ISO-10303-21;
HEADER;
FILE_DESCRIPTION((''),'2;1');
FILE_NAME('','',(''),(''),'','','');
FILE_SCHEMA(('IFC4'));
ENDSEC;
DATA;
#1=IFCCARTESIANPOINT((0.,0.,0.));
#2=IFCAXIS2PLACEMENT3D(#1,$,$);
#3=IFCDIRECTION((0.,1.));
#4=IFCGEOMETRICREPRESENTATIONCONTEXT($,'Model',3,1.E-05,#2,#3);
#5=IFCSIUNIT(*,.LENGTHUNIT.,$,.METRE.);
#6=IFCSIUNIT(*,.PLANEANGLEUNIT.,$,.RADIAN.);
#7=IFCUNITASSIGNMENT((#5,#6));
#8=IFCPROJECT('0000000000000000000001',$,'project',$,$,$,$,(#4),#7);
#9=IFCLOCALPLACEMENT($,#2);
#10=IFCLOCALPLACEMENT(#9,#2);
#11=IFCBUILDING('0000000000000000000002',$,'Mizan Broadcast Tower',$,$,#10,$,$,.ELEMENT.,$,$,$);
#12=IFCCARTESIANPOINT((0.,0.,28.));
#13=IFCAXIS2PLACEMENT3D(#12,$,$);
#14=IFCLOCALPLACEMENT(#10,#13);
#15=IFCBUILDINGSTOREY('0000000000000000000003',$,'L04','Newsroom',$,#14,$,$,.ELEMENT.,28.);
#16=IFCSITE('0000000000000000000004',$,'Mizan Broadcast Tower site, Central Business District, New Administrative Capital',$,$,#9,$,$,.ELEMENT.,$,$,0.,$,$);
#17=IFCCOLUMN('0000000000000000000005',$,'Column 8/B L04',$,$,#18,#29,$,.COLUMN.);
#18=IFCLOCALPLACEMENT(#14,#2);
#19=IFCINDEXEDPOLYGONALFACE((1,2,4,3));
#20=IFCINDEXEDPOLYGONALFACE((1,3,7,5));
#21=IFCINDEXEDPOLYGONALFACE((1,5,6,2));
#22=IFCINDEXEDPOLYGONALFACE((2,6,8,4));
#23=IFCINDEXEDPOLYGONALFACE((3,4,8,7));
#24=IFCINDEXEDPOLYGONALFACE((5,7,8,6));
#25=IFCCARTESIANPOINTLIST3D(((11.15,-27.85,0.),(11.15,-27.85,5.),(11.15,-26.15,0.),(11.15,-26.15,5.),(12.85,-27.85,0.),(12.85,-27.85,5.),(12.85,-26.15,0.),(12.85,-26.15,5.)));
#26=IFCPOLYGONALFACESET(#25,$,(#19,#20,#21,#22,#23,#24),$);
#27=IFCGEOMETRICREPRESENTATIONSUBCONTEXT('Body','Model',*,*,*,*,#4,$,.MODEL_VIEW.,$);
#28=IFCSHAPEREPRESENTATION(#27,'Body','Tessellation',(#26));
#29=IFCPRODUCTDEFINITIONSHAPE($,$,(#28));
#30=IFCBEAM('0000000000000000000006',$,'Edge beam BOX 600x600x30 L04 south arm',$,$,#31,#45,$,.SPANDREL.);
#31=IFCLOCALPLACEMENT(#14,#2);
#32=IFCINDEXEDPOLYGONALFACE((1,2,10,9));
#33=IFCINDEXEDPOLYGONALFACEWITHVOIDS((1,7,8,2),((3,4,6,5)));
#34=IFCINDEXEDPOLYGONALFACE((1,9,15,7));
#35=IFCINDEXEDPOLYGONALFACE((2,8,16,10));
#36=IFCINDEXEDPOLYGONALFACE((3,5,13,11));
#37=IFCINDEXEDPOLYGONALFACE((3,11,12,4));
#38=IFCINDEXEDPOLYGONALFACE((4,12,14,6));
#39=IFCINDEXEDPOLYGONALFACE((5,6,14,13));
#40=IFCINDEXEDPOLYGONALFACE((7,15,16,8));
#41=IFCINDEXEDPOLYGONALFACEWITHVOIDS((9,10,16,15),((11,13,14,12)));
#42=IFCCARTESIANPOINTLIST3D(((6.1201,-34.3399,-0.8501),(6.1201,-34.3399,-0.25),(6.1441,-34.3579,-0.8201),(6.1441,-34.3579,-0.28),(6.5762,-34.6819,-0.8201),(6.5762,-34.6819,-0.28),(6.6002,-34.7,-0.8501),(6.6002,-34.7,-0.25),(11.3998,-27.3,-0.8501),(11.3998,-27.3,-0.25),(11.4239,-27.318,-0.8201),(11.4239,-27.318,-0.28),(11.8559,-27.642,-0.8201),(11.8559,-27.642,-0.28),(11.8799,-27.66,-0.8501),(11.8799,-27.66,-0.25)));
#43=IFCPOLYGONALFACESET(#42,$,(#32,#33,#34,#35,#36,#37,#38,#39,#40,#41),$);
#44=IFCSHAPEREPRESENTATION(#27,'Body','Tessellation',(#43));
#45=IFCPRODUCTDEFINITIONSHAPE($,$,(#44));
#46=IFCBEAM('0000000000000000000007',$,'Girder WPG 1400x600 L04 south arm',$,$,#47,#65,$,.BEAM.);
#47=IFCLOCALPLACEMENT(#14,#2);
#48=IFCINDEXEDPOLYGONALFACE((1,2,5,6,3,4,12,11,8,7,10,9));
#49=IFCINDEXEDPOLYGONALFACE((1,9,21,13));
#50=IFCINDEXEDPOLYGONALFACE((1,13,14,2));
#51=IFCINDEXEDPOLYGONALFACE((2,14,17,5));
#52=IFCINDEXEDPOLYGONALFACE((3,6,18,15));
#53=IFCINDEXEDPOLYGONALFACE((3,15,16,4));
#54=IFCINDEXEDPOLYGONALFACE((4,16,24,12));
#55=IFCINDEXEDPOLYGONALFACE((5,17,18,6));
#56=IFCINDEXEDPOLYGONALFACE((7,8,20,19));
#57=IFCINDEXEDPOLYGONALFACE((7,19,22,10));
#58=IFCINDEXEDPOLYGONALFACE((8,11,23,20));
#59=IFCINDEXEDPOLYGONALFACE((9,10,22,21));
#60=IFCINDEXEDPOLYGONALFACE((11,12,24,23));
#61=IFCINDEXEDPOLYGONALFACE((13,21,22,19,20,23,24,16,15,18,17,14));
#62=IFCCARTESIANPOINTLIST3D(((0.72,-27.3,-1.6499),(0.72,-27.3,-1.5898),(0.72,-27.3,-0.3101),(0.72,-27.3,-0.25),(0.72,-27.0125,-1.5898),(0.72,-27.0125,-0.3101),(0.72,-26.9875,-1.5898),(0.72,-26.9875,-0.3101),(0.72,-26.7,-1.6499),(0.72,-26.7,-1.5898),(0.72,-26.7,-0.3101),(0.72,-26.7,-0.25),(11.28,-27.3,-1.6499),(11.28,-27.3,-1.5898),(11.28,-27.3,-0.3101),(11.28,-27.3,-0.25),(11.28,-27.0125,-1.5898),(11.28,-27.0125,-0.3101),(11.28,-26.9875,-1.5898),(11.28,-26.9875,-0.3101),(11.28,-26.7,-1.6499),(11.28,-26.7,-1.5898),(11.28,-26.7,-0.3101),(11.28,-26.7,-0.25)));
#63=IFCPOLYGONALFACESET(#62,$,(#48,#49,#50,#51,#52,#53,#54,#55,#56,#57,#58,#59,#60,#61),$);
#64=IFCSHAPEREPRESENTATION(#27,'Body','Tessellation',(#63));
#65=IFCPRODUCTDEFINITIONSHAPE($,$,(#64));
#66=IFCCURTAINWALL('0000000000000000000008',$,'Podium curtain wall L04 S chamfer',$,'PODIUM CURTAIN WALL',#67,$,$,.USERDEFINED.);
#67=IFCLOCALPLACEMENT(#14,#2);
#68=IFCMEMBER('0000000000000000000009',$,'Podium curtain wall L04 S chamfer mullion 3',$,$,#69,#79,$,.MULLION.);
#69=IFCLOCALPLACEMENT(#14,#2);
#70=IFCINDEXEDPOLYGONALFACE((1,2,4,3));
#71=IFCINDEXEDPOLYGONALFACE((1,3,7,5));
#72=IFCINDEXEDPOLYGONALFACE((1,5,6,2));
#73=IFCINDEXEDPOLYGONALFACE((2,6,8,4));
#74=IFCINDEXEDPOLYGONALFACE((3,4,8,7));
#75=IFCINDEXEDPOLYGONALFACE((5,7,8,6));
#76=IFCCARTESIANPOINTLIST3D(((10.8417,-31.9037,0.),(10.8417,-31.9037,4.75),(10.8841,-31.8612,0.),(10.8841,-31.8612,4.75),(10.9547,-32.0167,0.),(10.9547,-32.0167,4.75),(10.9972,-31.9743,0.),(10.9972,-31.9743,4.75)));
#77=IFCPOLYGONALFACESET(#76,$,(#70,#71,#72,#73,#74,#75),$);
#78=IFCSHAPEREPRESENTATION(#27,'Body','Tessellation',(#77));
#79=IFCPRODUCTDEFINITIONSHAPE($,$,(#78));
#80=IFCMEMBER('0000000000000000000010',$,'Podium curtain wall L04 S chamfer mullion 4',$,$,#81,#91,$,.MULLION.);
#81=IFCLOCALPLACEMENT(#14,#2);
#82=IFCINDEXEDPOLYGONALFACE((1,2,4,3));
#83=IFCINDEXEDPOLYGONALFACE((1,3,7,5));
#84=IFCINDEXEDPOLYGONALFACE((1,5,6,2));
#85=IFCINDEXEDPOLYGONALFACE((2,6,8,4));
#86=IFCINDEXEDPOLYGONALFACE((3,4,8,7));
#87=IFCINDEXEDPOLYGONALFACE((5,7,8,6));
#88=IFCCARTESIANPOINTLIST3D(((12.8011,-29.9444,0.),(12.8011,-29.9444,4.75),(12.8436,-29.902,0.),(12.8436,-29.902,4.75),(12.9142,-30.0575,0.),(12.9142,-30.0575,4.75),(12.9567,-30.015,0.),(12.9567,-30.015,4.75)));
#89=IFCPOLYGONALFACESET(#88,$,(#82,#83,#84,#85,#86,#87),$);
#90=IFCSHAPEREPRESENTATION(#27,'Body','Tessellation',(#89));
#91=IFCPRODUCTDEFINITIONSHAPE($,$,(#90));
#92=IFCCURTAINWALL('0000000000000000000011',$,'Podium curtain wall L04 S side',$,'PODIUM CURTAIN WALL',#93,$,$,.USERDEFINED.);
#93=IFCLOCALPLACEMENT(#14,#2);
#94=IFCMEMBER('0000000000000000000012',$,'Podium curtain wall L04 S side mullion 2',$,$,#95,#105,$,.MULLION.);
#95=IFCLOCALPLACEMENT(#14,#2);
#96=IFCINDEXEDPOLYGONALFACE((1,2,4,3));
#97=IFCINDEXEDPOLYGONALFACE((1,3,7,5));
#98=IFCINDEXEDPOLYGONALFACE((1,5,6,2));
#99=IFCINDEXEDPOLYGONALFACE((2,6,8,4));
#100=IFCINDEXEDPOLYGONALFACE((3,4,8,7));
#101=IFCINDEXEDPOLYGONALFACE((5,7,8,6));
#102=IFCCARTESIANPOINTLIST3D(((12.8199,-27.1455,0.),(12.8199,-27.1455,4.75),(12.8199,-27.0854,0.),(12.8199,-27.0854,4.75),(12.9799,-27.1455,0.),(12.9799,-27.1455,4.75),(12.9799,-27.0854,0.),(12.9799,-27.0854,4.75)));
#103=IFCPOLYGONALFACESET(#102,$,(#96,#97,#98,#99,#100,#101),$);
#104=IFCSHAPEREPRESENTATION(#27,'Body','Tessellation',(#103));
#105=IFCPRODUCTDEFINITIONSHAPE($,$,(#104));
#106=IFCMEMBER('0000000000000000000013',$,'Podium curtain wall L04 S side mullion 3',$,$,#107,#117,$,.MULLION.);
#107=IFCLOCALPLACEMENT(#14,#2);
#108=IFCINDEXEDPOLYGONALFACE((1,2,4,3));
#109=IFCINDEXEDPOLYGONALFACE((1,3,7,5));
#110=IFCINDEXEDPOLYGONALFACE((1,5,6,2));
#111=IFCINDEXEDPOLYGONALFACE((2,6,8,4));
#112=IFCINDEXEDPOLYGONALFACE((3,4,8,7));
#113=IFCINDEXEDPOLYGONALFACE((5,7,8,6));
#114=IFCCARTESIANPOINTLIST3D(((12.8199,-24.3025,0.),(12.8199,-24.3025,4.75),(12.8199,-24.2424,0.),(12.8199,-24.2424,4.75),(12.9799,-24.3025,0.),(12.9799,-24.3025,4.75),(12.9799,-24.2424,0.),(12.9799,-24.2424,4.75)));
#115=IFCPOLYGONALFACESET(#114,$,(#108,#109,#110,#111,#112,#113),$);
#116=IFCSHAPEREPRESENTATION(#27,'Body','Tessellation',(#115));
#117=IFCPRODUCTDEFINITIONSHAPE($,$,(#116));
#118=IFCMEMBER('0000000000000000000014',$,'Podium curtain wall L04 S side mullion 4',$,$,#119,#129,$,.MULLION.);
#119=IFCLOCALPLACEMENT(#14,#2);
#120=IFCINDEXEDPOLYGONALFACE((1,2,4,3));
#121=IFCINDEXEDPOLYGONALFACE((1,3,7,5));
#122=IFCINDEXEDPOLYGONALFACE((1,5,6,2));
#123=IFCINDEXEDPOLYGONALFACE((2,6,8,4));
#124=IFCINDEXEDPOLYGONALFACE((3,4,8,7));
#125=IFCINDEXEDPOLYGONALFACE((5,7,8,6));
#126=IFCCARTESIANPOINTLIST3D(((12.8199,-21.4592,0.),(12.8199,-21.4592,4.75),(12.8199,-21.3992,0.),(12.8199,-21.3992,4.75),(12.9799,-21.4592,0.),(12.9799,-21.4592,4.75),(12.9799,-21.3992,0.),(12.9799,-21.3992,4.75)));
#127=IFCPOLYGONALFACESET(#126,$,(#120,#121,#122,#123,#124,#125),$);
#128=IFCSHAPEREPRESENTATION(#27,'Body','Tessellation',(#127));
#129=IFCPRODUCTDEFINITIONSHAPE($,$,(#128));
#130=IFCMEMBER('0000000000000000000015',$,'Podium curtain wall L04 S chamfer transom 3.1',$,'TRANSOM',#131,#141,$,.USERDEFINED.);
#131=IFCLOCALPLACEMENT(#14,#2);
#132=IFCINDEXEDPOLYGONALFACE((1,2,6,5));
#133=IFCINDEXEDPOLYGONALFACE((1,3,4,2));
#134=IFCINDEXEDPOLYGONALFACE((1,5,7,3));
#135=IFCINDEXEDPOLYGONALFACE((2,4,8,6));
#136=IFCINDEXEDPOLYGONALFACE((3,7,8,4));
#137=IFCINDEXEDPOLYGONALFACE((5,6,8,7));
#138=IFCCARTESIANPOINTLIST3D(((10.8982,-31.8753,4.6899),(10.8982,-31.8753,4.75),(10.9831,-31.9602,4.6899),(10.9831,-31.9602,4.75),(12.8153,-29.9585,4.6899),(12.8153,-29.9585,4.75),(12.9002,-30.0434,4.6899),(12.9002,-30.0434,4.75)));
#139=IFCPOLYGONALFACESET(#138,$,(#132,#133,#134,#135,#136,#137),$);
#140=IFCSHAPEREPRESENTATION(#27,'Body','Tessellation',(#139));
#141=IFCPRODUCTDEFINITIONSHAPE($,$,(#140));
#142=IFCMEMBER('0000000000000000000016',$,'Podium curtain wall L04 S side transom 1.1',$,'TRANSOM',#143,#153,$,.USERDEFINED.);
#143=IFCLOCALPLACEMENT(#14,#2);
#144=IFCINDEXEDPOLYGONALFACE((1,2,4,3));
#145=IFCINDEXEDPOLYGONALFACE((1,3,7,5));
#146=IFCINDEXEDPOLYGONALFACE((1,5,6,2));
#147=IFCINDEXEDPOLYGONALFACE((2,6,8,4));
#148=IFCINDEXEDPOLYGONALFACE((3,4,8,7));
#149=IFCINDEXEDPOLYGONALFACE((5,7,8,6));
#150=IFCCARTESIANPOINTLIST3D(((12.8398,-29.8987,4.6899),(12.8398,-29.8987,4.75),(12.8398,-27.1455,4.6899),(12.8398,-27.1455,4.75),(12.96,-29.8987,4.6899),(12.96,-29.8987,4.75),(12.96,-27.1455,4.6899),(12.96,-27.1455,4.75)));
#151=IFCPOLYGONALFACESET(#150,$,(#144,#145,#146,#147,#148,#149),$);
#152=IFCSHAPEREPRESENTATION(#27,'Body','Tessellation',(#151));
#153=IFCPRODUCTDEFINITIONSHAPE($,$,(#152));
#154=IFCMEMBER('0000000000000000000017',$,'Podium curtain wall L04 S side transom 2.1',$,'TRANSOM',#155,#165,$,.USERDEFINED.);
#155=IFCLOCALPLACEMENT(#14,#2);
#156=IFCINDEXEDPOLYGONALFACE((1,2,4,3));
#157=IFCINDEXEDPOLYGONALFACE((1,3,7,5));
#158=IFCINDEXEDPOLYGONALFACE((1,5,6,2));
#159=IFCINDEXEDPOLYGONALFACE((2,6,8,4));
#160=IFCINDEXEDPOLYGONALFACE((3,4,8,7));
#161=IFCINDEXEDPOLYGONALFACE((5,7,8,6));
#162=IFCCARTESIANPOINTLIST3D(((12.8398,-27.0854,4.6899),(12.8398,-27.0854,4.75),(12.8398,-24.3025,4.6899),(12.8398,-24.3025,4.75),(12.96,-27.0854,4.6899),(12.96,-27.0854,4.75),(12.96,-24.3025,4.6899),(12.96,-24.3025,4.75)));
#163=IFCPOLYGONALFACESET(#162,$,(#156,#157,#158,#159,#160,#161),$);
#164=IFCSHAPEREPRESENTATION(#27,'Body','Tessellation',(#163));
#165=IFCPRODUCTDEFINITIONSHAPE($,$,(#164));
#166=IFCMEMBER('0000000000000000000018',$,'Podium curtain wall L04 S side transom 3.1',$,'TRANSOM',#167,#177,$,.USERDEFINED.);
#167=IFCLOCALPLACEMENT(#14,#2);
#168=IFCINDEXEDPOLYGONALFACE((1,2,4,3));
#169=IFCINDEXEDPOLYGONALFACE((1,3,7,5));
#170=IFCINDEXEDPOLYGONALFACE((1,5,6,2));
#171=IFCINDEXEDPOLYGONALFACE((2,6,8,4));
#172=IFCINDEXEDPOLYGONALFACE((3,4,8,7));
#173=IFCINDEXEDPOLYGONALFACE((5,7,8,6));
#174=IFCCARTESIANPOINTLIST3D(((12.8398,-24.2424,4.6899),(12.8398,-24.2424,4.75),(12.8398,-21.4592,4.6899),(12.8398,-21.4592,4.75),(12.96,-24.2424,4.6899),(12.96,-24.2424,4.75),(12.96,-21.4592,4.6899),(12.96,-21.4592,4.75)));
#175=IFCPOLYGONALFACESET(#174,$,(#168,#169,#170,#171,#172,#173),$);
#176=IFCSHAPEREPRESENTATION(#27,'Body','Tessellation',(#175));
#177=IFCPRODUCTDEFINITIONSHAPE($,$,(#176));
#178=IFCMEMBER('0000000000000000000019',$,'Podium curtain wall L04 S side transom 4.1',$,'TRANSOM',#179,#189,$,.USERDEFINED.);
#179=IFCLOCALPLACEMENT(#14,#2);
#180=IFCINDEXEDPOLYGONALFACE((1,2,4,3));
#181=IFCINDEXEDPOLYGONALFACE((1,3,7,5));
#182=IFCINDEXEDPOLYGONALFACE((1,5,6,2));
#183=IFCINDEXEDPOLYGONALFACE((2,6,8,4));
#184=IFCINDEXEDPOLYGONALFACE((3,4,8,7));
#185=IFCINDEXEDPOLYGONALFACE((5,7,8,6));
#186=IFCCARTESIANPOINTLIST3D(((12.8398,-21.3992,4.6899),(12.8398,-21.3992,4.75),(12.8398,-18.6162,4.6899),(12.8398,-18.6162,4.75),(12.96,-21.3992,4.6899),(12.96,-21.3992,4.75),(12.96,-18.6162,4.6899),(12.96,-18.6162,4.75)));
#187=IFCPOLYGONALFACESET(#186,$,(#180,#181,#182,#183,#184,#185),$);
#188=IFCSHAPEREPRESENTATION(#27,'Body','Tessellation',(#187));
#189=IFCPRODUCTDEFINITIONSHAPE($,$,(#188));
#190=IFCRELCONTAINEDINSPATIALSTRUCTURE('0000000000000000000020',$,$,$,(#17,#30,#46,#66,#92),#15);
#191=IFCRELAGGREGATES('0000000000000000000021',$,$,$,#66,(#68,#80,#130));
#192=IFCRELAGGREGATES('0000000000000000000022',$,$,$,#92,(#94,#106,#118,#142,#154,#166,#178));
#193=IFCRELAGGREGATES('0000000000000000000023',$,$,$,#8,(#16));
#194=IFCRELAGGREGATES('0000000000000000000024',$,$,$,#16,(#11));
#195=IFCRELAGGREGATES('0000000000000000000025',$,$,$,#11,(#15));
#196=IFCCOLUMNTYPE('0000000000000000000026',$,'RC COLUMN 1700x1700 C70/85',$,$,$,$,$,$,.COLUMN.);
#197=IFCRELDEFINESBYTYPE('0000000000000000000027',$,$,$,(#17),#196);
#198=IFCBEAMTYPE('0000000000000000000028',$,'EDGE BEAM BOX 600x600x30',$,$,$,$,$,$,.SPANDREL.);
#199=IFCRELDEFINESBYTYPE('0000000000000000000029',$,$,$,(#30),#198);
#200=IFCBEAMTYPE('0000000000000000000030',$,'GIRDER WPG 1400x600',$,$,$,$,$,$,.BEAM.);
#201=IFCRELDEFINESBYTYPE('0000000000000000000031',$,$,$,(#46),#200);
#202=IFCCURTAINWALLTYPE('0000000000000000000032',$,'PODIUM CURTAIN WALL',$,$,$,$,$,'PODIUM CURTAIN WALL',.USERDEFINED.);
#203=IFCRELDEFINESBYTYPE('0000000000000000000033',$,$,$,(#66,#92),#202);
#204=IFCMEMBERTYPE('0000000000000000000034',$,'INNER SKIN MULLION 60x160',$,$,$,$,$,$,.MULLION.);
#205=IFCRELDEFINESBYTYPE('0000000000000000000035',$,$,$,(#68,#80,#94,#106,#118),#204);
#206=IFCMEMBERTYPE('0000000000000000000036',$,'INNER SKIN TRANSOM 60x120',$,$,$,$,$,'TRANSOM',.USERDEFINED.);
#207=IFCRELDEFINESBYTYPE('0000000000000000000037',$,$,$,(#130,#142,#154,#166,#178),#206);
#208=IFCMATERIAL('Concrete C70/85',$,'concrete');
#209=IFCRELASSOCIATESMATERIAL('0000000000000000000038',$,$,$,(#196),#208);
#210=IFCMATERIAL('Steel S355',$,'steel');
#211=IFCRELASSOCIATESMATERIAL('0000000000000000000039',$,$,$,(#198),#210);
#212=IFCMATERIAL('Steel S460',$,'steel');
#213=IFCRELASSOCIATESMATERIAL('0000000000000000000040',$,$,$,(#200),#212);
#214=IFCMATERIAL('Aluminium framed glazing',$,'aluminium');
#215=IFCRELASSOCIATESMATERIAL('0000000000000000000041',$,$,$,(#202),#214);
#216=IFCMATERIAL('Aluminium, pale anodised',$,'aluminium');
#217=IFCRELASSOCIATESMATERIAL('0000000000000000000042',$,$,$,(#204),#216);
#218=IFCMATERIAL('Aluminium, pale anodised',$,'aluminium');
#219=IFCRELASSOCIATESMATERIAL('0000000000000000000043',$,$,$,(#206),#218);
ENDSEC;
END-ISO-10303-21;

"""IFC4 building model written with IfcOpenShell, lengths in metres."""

from ifc_helpers import new_model, si_unit, direction, frame, origin, origin_2d, place, context, subcontext, project, spatial, rectangle, hollow_rectangle, i_section, extrude, material, material_profile, profile_set, type_object, element, aggregate, save


model = new_model("IFC4")

# Units and contexts
model_context = context("Model", 3, precision=1e-05, world=origin(), true_north=direction((0.0, 1.0)))
body_context = subcontext(model_context, "Body", "Model", "MODEL_VIEW")
ifc_project = project(units=[si_unit("LENGTHUNIT", "METRE"), si_unit("PLANEANGLEUNIT", "RADIAN")], contexts=[model_context])

# Site, building, storey
site_placement = place(None, origin())
site = spatial("IfcSite", under=ifc_project, at=site_placement, Name="Mizan Broadcast Tower site, Central Business District, New Administrative Capital", CompositionType="ELEMENT", RefElevation=0.0)
building_placement = place(site_placement, origin())
building = spatial("IfcBuilding", under=site, at=building_placement, Name="Mizan Broadcast Tower", CompositionType="ELEMENT")
storey_placement = place(building_placement, frame((0.0, 0.0, 28.0)))
storey = spatial("IfcBuildingStorey", under=building, at=storey_placement, Name="L04", Description="Newsroom", CompositionType="ELEMENT", Elevation=28.0)

# Column
ifc_material_1 = material(Name="Concrete C70/85", Category="concrete")
ifc_material_profile_1 = material_profile(ifc_material_1, rectangle(XDim=1.7, YDim=1.7, at=origin_2d()), Name="RC 1700x1700")
ifc_profile_set_1 = profile_set([ifc_material_profile_1], Name="Concrete C70/85")
column_type = type_object("IfcColumnType", Name="RC COLUMN 1700x1700 C70/85", PredefinedType="COLUMN", material=ifc_profile_set_1)
column_placement = place(storey_placement, frame((12.0, -27.0, 0.0), z_axis=(0.0, 0.0, 1.0), x_axis=(1.0, 0.0, 0.0)))
element("IfcColumn", 1, at=column_placement, inside=storey, type_object=column_type, Name="Column 8/B L04", PredefinedType="COLUMN", context=body_context, shape_type="SweptSolid", body=[
    extrude(rectangle(XDim=1.7, YDim=1.7, at=origin_2d()), origin(), (0.0, 0.0, 1.0), 5.0),
])

# Beams
ifc_material_2 = material(Name="Steel S355", Category="steel")
ifc_material_profile_2 = material_profile(ifc_material_2, hollow_rectangle(XDim=0.6001, YDim=0.6001, WallThickness=0.03, at=origin_2d()), Name="BOX 600x600x30")
ifc_profile_set_2 = profile_set([ifc_material_profile_2], Name="Steel S355")
beam_type_1 = type_object("IfcBeamType", Name="EDGE BEAM BOX 600x600x30", PredefinedType="SPANDREL", material=ifc_profile_set_2)
beam_1_placement = place(storey_placement, frame((11.6399, -27.48, -0.55), z_axis=(-0.599982, -0.800013, 0.0), x_axis=(0.800013, -0.599982, 0.0)))
element("IfcBeam", 2, at=beam_1_placement, inside=storey, type_object=beam_type_1, Name="Edge beam BOX 600x600x30 L04 south arm", PredefinedType="SPANDREL", context=body_context, shape_type="SweptSolid", body=[
    extrude(hollow_rectangle(XDim=0.6001, YDim=0.6001, WallThickness=0.03, at=origin_2d()), origin(), (0.0, 0.0, 1.0), 8.7998),
])
ifc_material_3 = material(Name="Steel S460", Category="steel")
ifc_material_profile_3 = material_profile(ifc_material_3, i_section(OverallWidth=0.6001, OverallDepth=1.3999, WebThickness=0.0249, FlangeThickness=0.0601, at=origin_2d()), Name="WPG 1400x600")
ifc_profile_set_3 = profile_set([ifc_material_profile_3], Name="Steel S460")
beam_type_2 = type_object("IfcBeamType", Name="GIRDER WPG 1400x600", PredefinedType="BEAM", material=ifc_profile_set_3)
beam_2_placement = place(storey_placement, frame((0.72, -27.0, -0.95), z_axis=(1.0, 0.0, 0.0), x_axis=(0.0, 1.0, 0.0)))
element("IfcBeam", 3, at=beam_2_placement, inside=storey, type_object=beam_type_2, Name="Girder WPG 1400x600 L04 south arm", PredefinedType="BEAM", context=body_context, shape_type="SweptSolid", body=[
    extrude(i_section(OverallWidth=0.6001, OverallDepth=1.3999, WebThickness=0.0249, FlangeThickness=0.0601, at=origin_2d()), origin(), (0.0, 0.0, 1.0), 10.5601),
])

# Curtain walls, members
ifc_material_4 = material(Name="Aluminium framed glazing", Category="aluminium")
curtain_wall_type_1 = type_object("IfcCurtainWallType", Name="PODIUM CURTAIN WALL", ElementType="PODIUM CURTAIN WALL", PredefinedType="USERDEFINED", material=ifc_material_4)
curtain_wall_1_placement = place(storey_placement, origin())
curtain_wall_1 = element("IfcCurtainWall", 4, at=curtain_wall_1_placement, inside=storey, type_object=curtain_wall_type_1, Name="Podium curtain wall L04 S chamfer", ObjectType="PODIUM CURTAIN WALL", PredefinedType="USERDEFINED")
ifc_material_5 = material(Name="Aluminium, pale anodised", Category="aluminium")
ifc_material_profile_4 = material_profile(ifc_material_5, rectangle(XDim=0.1599, YDim=0.0601, at=origin_2d()), Name="MULLION 160x60")
ifc_profile_set_4 = profile_set([ifc_material_profile_4], Name="Aluminium, pale anodised")
member_type_1 = type_object("IfcMemberType", Name="INNER SKIN MULLION 60x160", PredefinedType="MULLION", material=ifc_profile_set_4)
member_1_placement = place(storey_placement, frame((10.9194, -31.939, 0.0), z_axis=(0.0, 0.0, 1.0), x_axis=(-0.707107, 0.707107, 0.0)))
member_1 = element("IfcMember", 5, at=member_1_placement, type_object=member_type_1, Name="Podium curtain wall L04 S chamfer mullion 3", PredefinedType="MULLION", context=body_context, shape_type="SweptSolid", body=[
    extrude(rectangle(XDim=0.1599, YDim=0.0601, at=origin_2d()), origin(), (0.0, 0.0, 1.0), 4.75),
])
member_2_placement = place(storey_placement, frame((12.8789, -29.9797, 0.0), z_axis=(0.0, 0.0, 1.0), x_axis=(-0.707107, 0.707107, 0.0)))
member_2 = element("IfcMember", 6, at=member_2_placement, type_object=member_type_1, Name="Podium curtain wall L04 S chamfer mullion 4", PredefinedType="MULLION", context=body_context, shape_type="SweptSolid", body=[
    extrude(rectangle(XDim=0.1599, YDim=0.0601, at=origin_2d()), origin(), (0.0, 0.0, 1.0), 4.75),
])
curtain_wall_2_placement = place(storey_placement, origin())
curtain_wall_2 = element("IfcCurtainWall", 7, at=curtain_wall_2_placement, inside=storey, type_object=curtain_wall_type_1, Name="Podium curtain wall L04 S side", ObjectType="PODIUM CURTAIN WALL", PredefinedType="USERDEFINED")
member_3_placement = place(storey_placement, frame((12.8999, -27.1155, 0.0), z_axis=(0.0, 0.0, 1.0), x_axis=(-1.0, 0.0, 0.0)))
member_3 = element("IfcMember", 8, at=member_3_placement, type_object=member_type_1, Name="Podium curtain wall L04 S side mullion 2", PredefinedType="MULLION", context=body_context, shape_type="SweptSolid", body=[
    extrude(rectangle(XDim=0.1599, YDim=0.0601, at=origin_2d()), origin(), (0.0, 0.0, 1.0), 4.75),
])
member_4_placement = place(storey_placement, frame((12.8999, -24.2725, 0.0), z_axis=(0.0, 0.0, 1.0), x_axis=(-1.0, 0.0, 0.0)))
member_4 = element("IfcMember", 9, at=member_4_placement, type_object=member_type_1, Name="Podium curtain wall L04 S side mullion 3", PredefinedType="MULLION", context=body_context, shape_type="SweptSolid", body=[
    extrude(rectangle(XDim=0.1599, YDim=0.0601, at=origin_2d()), origin(), (0.0, 0.0, 1.0), 4.75),
])
member_5_placement = place(storey_placement, frame((12.8999, -21.4292, 0.0), z_axis=(0.0, 0.0, 1.0), x_axis=(-1.0, 0.0, 0.0)))
member_5 = element("IfcMember", 10, at=member_5_placement, type_object=member_type_1, Name="Podium curtain wall L04 S side mullion 4", PredefinedType="MULLION", context=body_context, shape_type="SweptSolid", body=[
    extrude(rectangle(XDim=0.1599, YDim=0.0601, at=origin_2d()), origin(), (0.0, 0.0, 1.0), 4.75),
])

# Members
ifc_material_6 = material(Name="Aluminium, pale anodised", Category="aluminium")
ifc_material_profile_5 = material_profile(ifc_material_6, rectangle(XDim=0.1201, YDim=0.0601, at=origin_2d()), Name="TRANSOM 120x60")
ifc_profile_set_5 = profile_set([ifc_material_profile_5], Name="Aluminium, pale anodised")
member_type_2 = type_object("IfcMemberType", Name="INNER SKIN TRANSOM 60x120", ElementType="TRANSOM", PredefinedType="USERDEFINED", material=ifc_profile_set_5)
member_6_placement = place(storey_placement, frame((10.9407, -31.9177, 4.72), z_axis=(0.707152, 0.707062, 0.0), x_axis=(-0.707062, 0.707152, 0.0)))
member_6 = element("IfcMember", 11, at=member_6_placement, type_object=member_type_2, Name="Podium curtain wall L04 S chamfer transom 3.1", ObjectType="TRANSOM", PredefinedType="USERDEFINED", context=body_context, shape_type="SweptSolid", body=[
    extrude(rectangle(XDim=0.1201, YDim=0.0601, at=origin_2d()), origin(), (0.0, 0.0, 1.0), 2.7109),
])
member_7_placement = place(storey_placement, frame((12.8999, -29.8987, 4.72), z_axis=(0.0, 1.0, 0.0), x_axis=(-1.0, 0.0, 0.0)))
member_7 = element("IfcMember", 12, at=member_7_placement, type_object=member_type_2, Name="Podium curtain wall L04 S side transom 1.1", ObjectType="TRANSOM", PredefinedType="USERDEFINED", context=body_context, shape_type="SweptSolid", body=[
    extrude(rectangle(XDim=0.1201, YDim=0.0601, at=origin_2d()), origin(), (0.0, 0.0, 1.0), 2.7532),
])
member_8_placement = place(storey_placement, frame((12.8999, -27.0854, 4.72), z_axis=(0.0, 1.0, 0.0), x_axis=(-1.0, 0.0, 0.0)))
member_8 = element("IfcMember", 13, at=member_8_placement, type_object=member_type_2, Name="Podium curtain wall L04 S side transom 2.1", ObjectType="TRANSOM", PredefinedType="USERDEFINED", context=body_context, shape_type="SweptSolid", body=[
    extrude(rectangle(XDim=0.1201, YDim=0.0601, at=origin_2d()), origin(), (0.0, 0.0, 1.0), 2.783),
])
member_9_placement = place(storey_placement, frame((12.8999, -24.2424, 4.72), z_axis=(0.0, 1.0, 0.0), x_axis=(-1.0, 0.0, 0.0)))
member_9 = element("IfcMember", 14, at=member_9_placement, type_object=member_type_2, Name="Podium curtain wall L04 S side transom 3.1", ObjectType="TRANSOM", PredefinedType="USERDEFINED", context=body_context, shape_type="SweptSolid", body=[
    extrude(rectangle(XDim=0.1201, YDim=0.0601, at=origin_2d()), origin(), (0.0, 0.0, 1.0), 2.7832),
])
member_10_placement = place(storey_placement, frame((12.8999, -21.3992, 4.72), z_axis=(0.0, 1.0, 0.0), x_axis=(-1.0, 0.0, 0.0)))
member_10 = element("IfcMember", 15, at=member_10_placement, type_object=member_type_2, Name="Podium curtain wall L04 S side transom 4.1", ObjectType="TRANSOM", PredefinedType="USERDEFINED", context=body_context, shape_type="SweptSolid", body=[
    extrude(rectangle(XDim=0.1201, YDim=0.0601, at=origin_2d()), origin(), (0.0, 0.0, 1.0), 2.783),
])

aggregate(curtain_wall_1, [member_1, member_2, member_6])
aggregate(curtain_wall_2, [member_3, member_4, member_5, member_7, member_8, member_9, member_10])

save(model, "model.ifc")
